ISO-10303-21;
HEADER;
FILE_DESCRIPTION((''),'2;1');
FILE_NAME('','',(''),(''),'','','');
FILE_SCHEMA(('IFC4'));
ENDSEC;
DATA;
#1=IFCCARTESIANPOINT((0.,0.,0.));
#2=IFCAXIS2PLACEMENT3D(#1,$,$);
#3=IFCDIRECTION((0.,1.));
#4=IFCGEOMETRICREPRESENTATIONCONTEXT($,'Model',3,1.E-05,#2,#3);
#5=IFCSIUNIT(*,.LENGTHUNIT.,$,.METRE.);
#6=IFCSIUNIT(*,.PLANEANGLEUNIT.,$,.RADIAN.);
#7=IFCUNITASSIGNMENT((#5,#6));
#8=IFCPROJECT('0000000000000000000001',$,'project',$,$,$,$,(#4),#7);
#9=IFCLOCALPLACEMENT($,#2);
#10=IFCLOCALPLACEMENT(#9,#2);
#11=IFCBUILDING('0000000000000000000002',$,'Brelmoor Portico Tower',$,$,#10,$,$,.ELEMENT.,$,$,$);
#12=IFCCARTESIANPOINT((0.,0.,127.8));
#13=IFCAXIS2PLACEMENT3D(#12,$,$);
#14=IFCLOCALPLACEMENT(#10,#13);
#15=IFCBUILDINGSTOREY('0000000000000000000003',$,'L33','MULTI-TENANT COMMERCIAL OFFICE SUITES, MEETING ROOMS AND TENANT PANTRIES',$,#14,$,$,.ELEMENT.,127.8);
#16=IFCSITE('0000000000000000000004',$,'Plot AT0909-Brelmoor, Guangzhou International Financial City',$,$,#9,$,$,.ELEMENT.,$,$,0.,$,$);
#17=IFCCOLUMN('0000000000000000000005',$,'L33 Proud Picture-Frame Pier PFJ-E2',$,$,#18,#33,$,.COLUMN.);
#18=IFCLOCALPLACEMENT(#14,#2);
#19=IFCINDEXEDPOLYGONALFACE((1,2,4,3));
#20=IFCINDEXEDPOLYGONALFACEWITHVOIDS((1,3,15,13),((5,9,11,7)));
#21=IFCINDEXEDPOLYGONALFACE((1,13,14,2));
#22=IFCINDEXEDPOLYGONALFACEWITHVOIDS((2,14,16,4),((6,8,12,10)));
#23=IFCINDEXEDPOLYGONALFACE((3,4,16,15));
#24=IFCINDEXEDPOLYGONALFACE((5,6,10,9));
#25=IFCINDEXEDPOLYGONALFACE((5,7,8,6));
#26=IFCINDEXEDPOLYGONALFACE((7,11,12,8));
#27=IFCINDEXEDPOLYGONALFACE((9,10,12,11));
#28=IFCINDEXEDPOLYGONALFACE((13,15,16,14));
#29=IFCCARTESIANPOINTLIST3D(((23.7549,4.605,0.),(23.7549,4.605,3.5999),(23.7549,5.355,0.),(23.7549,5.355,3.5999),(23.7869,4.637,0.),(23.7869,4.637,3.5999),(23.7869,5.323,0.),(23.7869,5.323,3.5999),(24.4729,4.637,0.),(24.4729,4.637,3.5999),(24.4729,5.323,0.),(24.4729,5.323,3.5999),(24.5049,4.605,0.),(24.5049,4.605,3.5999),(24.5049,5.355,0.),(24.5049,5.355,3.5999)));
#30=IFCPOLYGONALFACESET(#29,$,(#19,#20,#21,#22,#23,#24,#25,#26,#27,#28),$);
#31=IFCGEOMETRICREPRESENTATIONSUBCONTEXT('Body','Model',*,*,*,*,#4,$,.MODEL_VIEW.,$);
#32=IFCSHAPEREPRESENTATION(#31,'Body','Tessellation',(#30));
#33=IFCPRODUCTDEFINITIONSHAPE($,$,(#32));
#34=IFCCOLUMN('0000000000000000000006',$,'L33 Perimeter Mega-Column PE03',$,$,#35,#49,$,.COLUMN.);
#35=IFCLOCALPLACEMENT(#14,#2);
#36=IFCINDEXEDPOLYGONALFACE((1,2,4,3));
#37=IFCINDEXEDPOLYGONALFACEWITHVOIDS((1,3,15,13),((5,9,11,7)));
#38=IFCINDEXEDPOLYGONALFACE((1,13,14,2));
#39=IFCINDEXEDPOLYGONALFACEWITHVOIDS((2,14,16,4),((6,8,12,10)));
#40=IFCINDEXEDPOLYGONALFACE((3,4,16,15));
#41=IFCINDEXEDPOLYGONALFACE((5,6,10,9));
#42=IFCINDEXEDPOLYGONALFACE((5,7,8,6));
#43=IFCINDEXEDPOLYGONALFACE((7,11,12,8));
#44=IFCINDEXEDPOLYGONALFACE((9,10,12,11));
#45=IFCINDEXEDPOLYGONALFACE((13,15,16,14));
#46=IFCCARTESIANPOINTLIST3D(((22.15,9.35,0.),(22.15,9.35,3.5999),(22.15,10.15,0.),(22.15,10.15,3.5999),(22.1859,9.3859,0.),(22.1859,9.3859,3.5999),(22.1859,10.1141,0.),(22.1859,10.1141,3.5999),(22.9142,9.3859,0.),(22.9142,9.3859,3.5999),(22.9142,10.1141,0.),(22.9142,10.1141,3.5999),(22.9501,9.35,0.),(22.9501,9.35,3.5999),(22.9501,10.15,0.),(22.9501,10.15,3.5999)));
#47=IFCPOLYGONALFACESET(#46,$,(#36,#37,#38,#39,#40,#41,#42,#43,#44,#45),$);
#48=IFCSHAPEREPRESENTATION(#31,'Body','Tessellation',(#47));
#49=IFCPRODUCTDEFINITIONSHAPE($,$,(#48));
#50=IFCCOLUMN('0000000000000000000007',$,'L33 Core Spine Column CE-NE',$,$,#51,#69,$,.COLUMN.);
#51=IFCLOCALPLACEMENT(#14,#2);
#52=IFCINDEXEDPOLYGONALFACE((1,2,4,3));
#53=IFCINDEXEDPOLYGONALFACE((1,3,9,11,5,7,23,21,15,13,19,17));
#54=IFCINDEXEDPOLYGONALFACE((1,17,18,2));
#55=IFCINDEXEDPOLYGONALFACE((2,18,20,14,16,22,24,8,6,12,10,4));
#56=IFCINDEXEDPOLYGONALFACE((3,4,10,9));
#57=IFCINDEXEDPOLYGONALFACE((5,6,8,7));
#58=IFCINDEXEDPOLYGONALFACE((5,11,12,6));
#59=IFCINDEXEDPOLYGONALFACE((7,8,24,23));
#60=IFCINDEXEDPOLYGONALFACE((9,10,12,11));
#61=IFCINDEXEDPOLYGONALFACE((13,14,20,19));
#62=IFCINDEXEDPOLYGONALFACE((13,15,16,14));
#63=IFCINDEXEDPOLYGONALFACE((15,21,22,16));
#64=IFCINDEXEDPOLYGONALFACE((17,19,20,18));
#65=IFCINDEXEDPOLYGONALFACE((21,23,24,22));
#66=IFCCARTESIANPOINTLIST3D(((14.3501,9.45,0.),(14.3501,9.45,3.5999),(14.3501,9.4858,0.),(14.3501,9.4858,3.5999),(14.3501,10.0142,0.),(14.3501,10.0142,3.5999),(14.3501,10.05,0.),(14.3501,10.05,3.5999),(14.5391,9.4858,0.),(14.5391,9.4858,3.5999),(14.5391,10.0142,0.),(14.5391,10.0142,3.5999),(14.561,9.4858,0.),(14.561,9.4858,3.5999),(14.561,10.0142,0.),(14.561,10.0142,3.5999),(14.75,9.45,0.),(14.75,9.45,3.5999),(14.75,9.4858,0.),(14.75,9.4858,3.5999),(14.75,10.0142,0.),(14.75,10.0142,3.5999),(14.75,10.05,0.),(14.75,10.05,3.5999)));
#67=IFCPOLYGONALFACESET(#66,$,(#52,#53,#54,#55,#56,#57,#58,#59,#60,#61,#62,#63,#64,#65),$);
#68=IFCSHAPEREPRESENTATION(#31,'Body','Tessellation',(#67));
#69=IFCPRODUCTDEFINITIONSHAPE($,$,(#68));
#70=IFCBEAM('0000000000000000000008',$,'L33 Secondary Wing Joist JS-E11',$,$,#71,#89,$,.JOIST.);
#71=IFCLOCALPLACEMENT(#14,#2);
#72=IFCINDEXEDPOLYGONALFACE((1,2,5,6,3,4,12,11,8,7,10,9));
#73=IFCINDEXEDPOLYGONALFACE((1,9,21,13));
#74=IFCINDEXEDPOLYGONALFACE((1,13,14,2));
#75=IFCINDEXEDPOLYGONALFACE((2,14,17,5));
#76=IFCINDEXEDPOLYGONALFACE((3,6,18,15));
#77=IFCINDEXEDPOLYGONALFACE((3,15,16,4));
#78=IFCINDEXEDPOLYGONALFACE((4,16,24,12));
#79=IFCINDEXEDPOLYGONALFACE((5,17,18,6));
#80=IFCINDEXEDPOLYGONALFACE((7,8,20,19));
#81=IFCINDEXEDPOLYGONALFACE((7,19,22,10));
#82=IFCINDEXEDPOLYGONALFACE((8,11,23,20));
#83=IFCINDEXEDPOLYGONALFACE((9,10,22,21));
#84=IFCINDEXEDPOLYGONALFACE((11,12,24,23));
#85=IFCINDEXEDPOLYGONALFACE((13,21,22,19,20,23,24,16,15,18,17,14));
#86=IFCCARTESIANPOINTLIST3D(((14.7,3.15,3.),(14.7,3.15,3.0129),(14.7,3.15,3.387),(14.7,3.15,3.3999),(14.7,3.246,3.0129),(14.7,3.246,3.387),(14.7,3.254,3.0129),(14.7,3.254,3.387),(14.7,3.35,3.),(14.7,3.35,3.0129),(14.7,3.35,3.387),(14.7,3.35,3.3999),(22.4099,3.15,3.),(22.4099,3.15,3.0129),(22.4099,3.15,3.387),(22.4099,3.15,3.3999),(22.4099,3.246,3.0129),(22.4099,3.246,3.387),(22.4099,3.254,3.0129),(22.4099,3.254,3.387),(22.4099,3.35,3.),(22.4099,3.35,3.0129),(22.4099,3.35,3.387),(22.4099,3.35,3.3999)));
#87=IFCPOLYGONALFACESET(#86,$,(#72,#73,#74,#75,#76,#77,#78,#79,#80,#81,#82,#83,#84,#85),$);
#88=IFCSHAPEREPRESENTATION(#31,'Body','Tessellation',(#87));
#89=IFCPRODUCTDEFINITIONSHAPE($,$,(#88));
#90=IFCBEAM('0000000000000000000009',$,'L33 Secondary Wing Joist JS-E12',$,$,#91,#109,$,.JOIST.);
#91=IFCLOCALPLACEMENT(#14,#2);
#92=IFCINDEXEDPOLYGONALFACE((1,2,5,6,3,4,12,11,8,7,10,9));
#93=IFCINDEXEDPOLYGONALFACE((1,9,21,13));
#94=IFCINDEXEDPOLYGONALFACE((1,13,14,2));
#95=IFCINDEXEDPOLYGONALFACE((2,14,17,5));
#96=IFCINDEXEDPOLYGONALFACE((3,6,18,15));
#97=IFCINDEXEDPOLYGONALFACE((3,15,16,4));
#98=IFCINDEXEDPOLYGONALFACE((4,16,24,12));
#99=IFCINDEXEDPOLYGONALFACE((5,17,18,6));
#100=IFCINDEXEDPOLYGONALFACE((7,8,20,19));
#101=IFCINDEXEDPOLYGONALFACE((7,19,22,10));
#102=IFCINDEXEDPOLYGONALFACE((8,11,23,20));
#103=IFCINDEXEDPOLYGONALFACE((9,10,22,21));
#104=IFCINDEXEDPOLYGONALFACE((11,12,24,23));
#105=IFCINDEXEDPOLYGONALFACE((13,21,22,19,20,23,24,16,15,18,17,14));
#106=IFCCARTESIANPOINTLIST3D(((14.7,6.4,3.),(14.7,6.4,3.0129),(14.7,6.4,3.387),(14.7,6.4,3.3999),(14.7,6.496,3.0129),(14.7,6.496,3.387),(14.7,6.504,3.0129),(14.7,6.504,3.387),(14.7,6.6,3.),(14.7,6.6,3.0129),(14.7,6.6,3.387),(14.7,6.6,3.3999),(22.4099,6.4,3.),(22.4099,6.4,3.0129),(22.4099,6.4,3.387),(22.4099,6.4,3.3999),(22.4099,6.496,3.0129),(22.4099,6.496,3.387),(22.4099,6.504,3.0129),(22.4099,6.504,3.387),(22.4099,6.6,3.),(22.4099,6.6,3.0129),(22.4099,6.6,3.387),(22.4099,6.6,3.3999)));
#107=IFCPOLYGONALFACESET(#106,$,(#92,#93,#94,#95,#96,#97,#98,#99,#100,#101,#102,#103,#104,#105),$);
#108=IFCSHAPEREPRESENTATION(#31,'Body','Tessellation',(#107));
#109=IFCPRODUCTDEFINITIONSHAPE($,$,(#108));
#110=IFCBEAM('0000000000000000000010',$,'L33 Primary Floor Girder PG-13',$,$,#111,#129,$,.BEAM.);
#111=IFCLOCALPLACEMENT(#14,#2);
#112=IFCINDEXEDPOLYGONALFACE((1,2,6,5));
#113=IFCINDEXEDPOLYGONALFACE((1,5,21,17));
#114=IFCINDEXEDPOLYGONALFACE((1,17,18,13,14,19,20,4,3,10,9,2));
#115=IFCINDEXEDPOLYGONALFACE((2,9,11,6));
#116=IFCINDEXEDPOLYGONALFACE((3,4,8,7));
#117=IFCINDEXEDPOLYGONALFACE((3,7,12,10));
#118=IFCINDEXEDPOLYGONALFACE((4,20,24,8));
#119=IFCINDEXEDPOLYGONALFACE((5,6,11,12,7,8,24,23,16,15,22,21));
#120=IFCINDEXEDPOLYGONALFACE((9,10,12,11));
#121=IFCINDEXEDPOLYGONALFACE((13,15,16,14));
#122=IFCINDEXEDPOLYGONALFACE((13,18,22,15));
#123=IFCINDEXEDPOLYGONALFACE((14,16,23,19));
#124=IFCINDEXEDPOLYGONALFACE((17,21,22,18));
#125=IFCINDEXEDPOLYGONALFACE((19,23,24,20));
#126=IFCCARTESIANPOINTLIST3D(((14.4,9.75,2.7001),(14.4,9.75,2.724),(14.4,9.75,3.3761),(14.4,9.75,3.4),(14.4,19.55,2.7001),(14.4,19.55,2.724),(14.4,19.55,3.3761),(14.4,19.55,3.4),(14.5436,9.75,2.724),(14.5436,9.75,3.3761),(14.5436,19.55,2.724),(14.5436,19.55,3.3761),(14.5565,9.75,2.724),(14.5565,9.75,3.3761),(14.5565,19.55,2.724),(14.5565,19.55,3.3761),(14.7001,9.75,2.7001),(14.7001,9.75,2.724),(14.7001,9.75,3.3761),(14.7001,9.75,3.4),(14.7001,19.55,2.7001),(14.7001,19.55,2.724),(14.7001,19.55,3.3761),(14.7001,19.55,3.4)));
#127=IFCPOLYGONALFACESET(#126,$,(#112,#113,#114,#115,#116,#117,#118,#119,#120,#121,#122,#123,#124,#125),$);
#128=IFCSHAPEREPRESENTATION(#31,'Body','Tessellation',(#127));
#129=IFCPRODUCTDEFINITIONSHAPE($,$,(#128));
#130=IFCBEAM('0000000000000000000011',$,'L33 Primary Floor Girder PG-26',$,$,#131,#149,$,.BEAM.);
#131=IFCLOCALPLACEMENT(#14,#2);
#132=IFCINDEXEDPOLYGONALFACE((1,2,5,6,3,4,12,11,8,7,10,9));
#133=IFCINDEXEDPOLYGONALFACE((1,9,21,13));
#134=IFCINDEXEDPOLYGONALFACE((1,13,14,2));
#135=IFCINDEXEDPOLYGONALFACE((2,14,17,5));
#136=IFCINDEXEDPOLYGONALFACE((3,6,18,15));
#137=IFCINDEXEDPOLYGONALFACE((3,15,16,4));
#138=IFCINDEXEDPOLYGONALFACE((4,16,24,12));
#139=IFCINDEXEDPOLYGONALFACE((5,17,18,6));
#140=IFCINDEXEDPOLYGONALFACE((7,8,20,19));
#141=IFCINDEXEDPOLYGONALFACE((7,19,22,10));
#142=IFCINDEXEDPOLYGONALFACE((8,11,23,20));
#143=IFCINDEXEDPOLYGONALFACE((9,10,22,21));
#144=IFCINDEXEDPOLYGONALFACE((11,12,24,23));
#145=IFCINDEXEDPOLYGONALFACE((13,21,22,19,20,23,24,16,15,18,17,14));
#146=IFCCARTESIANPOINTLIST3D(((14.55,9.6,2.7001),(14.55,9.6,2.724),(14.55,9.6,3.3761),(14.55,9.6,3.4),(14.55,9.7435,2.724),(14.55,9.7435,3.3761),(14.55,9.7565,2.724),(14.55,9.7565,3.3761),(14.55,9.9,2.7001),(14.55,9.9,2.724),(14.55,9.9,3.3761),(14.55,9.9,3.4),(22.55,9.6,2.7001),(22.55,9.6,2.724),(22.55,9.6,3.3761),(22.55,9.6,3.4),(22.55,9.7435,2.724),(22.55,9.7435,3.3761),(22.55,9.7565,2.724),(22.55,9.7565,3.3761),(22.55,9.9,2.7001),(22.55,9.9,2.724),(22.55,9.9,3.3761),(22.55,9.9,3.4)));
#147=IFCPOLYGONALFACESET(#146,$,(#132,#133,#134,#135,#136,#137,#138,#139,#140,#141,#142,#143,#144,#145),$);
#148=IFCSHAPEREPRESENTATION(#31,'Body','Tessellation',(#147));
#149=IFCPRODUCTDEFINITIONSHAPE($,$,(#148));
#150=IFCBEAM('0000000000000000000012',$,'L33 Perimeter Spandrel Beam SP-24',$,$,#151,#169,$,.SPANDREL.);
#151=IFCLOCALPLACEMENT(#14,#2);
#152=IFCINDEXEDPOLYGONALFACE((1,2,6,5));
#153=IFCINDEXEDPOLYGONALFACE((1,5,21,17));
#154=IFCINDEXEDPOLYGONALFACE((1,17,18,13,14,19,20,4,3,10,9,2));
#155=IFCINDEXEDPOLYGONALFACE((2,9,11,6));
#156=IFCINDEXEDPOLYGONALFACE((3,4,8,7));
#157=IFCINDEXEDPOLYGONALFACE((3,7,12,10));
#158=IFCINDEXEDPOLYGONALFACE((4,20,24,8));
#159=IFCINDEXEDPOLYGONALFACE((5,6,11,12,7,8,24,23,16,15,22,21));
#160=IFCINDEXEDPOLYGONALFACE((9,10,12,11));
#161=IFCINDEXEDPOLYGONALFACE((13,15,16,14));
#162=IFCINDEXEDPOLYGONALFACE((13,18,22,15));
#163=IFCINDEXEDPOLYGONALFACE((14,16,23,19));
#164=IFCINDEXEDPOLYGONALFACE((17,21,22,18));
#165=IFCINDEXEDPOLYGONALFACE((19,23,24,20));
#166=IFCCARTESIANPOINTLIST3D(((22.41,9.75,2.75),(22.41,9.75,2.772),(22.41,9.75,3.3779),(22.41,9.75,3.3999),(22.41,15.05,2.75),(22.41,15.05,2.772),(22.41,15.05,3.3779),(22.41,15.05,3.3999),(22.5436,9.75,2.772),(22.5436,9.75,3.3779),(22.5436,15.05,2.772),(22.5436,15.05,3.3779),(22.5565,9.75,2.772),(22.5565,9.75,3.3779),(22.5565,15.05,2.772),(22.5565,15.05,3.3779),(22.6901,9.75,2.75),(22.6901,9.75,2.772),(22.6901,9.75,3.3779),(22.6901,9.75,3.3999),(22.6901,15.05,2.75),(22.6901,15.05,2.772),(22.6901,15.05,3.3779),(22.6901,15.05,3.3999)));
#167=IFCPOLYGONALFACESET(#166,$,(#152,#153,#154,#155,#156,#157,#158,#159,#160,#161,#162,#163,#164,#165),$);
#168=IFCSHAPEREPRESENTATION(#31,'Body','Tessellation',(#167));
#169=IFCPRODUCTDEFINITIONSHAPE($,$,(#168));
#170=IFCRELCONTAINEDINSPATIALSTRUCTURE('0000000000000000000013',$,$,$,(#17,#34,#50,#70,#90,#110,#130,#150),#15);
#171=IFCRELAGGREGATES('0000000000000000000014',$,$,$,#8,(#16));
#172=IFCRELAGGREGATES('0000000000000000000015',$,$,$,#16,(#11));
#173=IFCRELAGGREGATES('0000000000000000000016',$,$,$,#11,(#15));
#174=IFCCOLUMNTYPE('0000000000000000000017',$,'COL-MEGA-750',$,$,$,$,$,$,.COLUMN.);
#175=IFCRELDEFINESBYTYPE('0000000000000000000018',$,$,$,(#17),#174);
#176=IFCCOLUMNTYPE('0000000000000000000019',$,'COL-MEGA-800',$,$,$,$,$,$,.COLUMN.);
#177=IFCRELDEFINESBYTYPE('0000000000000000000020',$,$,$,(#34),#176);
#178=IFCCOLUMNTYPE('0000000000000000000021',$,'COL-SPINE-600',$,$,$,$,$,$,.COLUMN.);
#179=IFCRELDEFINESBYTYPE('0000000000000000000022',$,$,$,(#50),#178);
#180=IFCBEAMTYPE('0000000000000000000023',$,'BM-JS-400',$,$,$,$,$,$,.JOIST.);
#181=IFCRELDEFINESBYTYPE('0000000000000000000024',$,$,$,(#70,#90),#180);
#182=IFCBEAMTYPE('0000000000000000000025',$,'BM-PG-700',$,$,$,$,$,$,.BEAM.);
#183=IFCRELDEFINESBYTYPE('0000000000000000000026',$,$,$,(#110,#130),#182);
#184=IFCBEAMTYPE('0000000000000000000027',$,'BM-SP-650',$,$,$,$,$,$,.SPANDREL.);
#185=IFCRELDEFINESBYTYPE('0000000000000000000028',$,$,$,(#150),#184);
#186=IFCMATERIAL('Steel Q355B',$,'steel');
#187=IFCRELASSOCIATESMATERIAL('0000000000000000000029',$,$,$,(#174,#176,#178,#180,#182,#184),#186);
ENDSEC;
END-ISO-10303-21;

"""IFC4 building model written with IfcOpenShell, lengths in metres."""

from ifc_helpers import new_model, si_unit, direction, frame, origin, origin_2d, place, context, subcontext, project, spatial, hollow_rectangle, i_section, extrude, material, material_profile, profile_set, type_object, element, save


model = new_model("IFC4")

# Units and contexts
model_context = context("Model", 3, precision=1e-05, world=origin(), true_north=direction((0.0, 1.0)))
body_context = subcontext(model_context, "Body", "Model", "MODEL_VIEW")
ifc_project = project(units=[si_unit("LENGTHUNIT", "METRE"), si_unit("PLANEANGLEUNIT", "RADIAN")], contexts=[model_context])

# Site, building, storey
site_placement = place(None, origin())
site = spatial("IfcSite", under=ifc_project, at=site_placement, Name="Plot AT0909-Brelmoor, Guangzhou International Financial City", CompositionType="ELEMENT", RefElevation=0.0)
building_placement = place(site_placement, origin())
building = spatial("IfcBuilding", under=site, at=building_placement, Name="Brelmoor Portico Tower", CompositionType="ELEMENT")
storey_placement = place(building_placement, frame((0.0, 0.0, 127.8)))
storey = spatial("IfcBuildingStorey", under=building, at=storey_placement, Name="L33", Description="MULTI-TENANT COMMERCIAL OFFICE SUITES, MEETING ROOMS AND TENANT PANTRIES", CompositionType="ELEMENT", Elevation=127.8)

# Columns
ifc_material_1 = material(Name="Steel Q355B", Category="steel")
ifc_material_profile_1 = material_profile(ifc_material_1, hollow_rectangle(XDim=0.75, YDim=0.75, WallThickness=0.032, at=origin_2d()), Name="BOX 750x750x32")
ifc_profile_set_1 = profile_set([ifc_material_profile_1], Name="Steel Q355B")
column_type_1 = type_object("IfcColumnType", Name="COL-MEGA-750", PredefinedType="COLUMN", material=ifc_profile_set_1)
column_1_placement = place(storey_placement, frame((24.1299, 4.98, 0.0), z_axis=(0.0, 0.0, 1.0), x_axis=(0.0, 1.0, 0.0)))
element("IfcColumn", 1, at=column_1_placement, inside=storey, type_object=column_type_1, Name="L33 Proud Picture-Frame Pier PFJ-E2", PredefinedType="COLUMN", context=body_context, shape_type="SweptSolid", body=[
    extrude(hollow_rectangle(XDim=0.75, YDim=0.75, WallThickness=0.032, at=origin_2d()), origin(), (0.0, 0.0, 1.0), 3.5999),
])
ifc_material_profile_2 = material_profile(ifc_material_1, hollow_rectangle(XDim=0.8, YDim=0.8, WallThickness=0.0359, at=origin_2d()), Name="BOX 800x800x36")
ifc_profile_set_2 = profile_set([ifc_material_profile_2], Name="Steel Q355B")
column_type_2 = type_object("IfcColumnType", Name="COL-MEGA-800", PredefinedType="COLUMN", material=ifc_profile_set_2)
column_2_placement = place(storey_placement, frame((22.55, 9.75, 0.0), z_axis=(0.0, 0.0, 1.0), x_axis=(0.0, 1.0, 0.0)))
element("IfcColumn", 2, at=column_2_placement, inside=storey, type_object=column_type_2, Name="L33 Perimeter Mega-Column PE03", PredefinedType="COLUMN", context=body_context, shape_type="SweptSolid", body=[
    extrude(hollow_rectangle(XDim=0.8, YDim=0.8, WallThickness=0.0359, at=origin_2d()), origin(), (0.0, 0.0, 1.0), 3.5999),
])
ifc_material_profile_3 = material_profile(ifc_material_1, i_section(OverallWidth=0.3999, OverallDepth=0.6001, WebThickness=0.022, FlangeThickness=0.0359, at=origin_2d()), Name="HW 600x400x22x36")
ifc_profile_set_3 = profile_set([ifc_material_profile_3], Name="Steel Q355B")
column_type_3 = type_object("IfcColumnType", Name="COL-SPINE-600", PredefinedType="COLUMN", material=ifc_profile_set_3)
column_3_placement = place(storey_placement, frame((14.55, 9.75, 0.0), z_axis=(0.0, 0.0, 1.0), x_axis=(1.0, 0.0, 0.0)))
element("IfcColumn", 3, at=column_3_placement, inside=storey, type_object=column_type_3, Name="L33 Core Spine Column CE-NE", PredefinedType="COLUMN", context=body_context, shape_type="SweptSolid", body=[
    extrude(i_section(OverallWidth=0.3999, OverallDepth=0.6001, WebThickness=0.022, FlangeThickness=0.0359, at=origin_2d()), origin(), (0.0, 0.0, 1.0), 3.5999),
])

# Beams
ifc_material_profile_4 = material_profile(ifc_material_1, i_section(OverallWidth=0.2, OverallDepth=0.3999, WebThickness=0.0081, FlangeThickness=0.0129, at=origin_2d()), Name="HN 400x200x8x13")
ifc_profile_set_4 = profile_set([ifc_material_profile_4], Name="Steel Q355B")
beam_type_1 = type_object("IfcBeamType", Name="BM-JS-400", PredefinedType="JOIST", material=ifc_profile_set_4)
for number, where, z_axis, x_axis, name in (
    (4, (14.7, 3.25, 3.2), (1.0, 0.0, 0.0), (0.0, 1.0, 0.0), "L33 Secondary Wing Joist JS-E11"),
    (5, (14.7, 6.5, 3.2), (1.0, 0.0, 0.0), (0.0, 1.0, 0.0), "L33 Secondary Wing Joist JS-E12"),
):
    element("IfcBeam", number, at=place(storey_placement, frame(where, z_axis=z_axis, x_axis=x_axis)), inside=storey, type_object=beam_type_1, Name=name, PredefinedType="JOIST", context=body_context, shape_type="SweptSolid", body=[
        extrude(i_section(OverallWidth=0.2, OverallDepth=0.3999, WebThickness=0.0081, FlangeThickness=0.0129, at=origin_2d()), origin(), (0.0, 0.0, 1.0), 7.71),
    ])
ifc_material_profile_5 = material_profile(ifc_material_1, i_section(OverallWidth=0.3, OverallDepth=0.7, WebThickness=0.0129, FlangeThickness=0.0239, at=origin_2d()), Name="HN 700x300x13x24")
ifc_profile_set_5 = profile_set([ifc_material_profile_5], Name="Steel Q355B")
beam_type_2 = type_object("IfcBeamType", Name="BM-PG-700", PredefinedType="BEAM", material=ifc_profile_set_5)
beam_1_placement = place(storey_placement, frame((14.55, 9.75, 3.05), z_axis=(0.0, 1.0, 0.0), x_axis=(-1.0, 0.0, 0.0)))
element("IfcBeam", 6, at=beam_1_placement, inside=storey, type_object=beam_type_2, Name="L33 Primary Floor Girder PG-13", PredefinedType="BEAM", context=body_context, shape_type="SweptSolid", body=[
    extrude(i_section(OverallWidth=0.3, OverallDepth=0.7, WebThickness=0.0129, FlangeThickness=0.0239, at=origin_2d()), origin(), (0.0, 0.0, 1.0), 9.8),
])
beam_2_placement = place(storey_placement, frame((14.55, 9.75, 3.05), z_axis=(1.0, 0.0, 0.0), x_axis=(0.0, 1.0, 0.0)))
element("IfcBeam", 7, at=beam_2_placement, inside=storey, type_object=beam_type_2, Name="L33 Primary Floor Girder PG-26", PredefinedType="BEAM", context=body_context, shape_type="SweptSolid", body=[
    extrude(i_section(OverallWidth=0.3, OverallDepth=0.7, WebThickness=0.0129, FlangeThickness=0.0239, at=origin_2d()), origin(), (0.0, 0.0, 1.0), 8.0),
])
ifc_material_profile_6 = material_profile(ifc_material_1, i_section(OverallWidth=0.28, OverallDepth=0.6499, WebThickness=0.0129, FlangeThickness=0.022, at=origin_2d()), Name="HN 650x280x13x22")
ifc_profile_set_6 = profile_set([ifc_material_profile_6], Name="Steel Q355B")
beam_type_3 = type_object("IfcBeamType", Name="BM-SP-650", PredefinedType="SPANDREL", material=ifc_profile_set_6)
beam_3_placement = place(storey_placement, frame((22.55, 9.75, 3.075), z_axis=(0.0, 1.0, 0.0), x_axis=(-1.0, 0.0, 0.0)))
element("IfcBeam", 8, at=beam_3_placement, inside=storey, type_object=beam_type_3, Name="L33 Perimeter Spandrel Beam SP-24", PredefinedType="SPANDREL", context=body_context, shape_type="SweptSolid", body=[
    extrude(i_section(OverallWidth=0.28, OverallDepth=0.6499, WebThickness=0.0129, FlangeThickness=0.022, at=origin_2d()), origin(), (0.0, 0.0, 1.0), 5.3),
])

save(model, "model.ifc")
